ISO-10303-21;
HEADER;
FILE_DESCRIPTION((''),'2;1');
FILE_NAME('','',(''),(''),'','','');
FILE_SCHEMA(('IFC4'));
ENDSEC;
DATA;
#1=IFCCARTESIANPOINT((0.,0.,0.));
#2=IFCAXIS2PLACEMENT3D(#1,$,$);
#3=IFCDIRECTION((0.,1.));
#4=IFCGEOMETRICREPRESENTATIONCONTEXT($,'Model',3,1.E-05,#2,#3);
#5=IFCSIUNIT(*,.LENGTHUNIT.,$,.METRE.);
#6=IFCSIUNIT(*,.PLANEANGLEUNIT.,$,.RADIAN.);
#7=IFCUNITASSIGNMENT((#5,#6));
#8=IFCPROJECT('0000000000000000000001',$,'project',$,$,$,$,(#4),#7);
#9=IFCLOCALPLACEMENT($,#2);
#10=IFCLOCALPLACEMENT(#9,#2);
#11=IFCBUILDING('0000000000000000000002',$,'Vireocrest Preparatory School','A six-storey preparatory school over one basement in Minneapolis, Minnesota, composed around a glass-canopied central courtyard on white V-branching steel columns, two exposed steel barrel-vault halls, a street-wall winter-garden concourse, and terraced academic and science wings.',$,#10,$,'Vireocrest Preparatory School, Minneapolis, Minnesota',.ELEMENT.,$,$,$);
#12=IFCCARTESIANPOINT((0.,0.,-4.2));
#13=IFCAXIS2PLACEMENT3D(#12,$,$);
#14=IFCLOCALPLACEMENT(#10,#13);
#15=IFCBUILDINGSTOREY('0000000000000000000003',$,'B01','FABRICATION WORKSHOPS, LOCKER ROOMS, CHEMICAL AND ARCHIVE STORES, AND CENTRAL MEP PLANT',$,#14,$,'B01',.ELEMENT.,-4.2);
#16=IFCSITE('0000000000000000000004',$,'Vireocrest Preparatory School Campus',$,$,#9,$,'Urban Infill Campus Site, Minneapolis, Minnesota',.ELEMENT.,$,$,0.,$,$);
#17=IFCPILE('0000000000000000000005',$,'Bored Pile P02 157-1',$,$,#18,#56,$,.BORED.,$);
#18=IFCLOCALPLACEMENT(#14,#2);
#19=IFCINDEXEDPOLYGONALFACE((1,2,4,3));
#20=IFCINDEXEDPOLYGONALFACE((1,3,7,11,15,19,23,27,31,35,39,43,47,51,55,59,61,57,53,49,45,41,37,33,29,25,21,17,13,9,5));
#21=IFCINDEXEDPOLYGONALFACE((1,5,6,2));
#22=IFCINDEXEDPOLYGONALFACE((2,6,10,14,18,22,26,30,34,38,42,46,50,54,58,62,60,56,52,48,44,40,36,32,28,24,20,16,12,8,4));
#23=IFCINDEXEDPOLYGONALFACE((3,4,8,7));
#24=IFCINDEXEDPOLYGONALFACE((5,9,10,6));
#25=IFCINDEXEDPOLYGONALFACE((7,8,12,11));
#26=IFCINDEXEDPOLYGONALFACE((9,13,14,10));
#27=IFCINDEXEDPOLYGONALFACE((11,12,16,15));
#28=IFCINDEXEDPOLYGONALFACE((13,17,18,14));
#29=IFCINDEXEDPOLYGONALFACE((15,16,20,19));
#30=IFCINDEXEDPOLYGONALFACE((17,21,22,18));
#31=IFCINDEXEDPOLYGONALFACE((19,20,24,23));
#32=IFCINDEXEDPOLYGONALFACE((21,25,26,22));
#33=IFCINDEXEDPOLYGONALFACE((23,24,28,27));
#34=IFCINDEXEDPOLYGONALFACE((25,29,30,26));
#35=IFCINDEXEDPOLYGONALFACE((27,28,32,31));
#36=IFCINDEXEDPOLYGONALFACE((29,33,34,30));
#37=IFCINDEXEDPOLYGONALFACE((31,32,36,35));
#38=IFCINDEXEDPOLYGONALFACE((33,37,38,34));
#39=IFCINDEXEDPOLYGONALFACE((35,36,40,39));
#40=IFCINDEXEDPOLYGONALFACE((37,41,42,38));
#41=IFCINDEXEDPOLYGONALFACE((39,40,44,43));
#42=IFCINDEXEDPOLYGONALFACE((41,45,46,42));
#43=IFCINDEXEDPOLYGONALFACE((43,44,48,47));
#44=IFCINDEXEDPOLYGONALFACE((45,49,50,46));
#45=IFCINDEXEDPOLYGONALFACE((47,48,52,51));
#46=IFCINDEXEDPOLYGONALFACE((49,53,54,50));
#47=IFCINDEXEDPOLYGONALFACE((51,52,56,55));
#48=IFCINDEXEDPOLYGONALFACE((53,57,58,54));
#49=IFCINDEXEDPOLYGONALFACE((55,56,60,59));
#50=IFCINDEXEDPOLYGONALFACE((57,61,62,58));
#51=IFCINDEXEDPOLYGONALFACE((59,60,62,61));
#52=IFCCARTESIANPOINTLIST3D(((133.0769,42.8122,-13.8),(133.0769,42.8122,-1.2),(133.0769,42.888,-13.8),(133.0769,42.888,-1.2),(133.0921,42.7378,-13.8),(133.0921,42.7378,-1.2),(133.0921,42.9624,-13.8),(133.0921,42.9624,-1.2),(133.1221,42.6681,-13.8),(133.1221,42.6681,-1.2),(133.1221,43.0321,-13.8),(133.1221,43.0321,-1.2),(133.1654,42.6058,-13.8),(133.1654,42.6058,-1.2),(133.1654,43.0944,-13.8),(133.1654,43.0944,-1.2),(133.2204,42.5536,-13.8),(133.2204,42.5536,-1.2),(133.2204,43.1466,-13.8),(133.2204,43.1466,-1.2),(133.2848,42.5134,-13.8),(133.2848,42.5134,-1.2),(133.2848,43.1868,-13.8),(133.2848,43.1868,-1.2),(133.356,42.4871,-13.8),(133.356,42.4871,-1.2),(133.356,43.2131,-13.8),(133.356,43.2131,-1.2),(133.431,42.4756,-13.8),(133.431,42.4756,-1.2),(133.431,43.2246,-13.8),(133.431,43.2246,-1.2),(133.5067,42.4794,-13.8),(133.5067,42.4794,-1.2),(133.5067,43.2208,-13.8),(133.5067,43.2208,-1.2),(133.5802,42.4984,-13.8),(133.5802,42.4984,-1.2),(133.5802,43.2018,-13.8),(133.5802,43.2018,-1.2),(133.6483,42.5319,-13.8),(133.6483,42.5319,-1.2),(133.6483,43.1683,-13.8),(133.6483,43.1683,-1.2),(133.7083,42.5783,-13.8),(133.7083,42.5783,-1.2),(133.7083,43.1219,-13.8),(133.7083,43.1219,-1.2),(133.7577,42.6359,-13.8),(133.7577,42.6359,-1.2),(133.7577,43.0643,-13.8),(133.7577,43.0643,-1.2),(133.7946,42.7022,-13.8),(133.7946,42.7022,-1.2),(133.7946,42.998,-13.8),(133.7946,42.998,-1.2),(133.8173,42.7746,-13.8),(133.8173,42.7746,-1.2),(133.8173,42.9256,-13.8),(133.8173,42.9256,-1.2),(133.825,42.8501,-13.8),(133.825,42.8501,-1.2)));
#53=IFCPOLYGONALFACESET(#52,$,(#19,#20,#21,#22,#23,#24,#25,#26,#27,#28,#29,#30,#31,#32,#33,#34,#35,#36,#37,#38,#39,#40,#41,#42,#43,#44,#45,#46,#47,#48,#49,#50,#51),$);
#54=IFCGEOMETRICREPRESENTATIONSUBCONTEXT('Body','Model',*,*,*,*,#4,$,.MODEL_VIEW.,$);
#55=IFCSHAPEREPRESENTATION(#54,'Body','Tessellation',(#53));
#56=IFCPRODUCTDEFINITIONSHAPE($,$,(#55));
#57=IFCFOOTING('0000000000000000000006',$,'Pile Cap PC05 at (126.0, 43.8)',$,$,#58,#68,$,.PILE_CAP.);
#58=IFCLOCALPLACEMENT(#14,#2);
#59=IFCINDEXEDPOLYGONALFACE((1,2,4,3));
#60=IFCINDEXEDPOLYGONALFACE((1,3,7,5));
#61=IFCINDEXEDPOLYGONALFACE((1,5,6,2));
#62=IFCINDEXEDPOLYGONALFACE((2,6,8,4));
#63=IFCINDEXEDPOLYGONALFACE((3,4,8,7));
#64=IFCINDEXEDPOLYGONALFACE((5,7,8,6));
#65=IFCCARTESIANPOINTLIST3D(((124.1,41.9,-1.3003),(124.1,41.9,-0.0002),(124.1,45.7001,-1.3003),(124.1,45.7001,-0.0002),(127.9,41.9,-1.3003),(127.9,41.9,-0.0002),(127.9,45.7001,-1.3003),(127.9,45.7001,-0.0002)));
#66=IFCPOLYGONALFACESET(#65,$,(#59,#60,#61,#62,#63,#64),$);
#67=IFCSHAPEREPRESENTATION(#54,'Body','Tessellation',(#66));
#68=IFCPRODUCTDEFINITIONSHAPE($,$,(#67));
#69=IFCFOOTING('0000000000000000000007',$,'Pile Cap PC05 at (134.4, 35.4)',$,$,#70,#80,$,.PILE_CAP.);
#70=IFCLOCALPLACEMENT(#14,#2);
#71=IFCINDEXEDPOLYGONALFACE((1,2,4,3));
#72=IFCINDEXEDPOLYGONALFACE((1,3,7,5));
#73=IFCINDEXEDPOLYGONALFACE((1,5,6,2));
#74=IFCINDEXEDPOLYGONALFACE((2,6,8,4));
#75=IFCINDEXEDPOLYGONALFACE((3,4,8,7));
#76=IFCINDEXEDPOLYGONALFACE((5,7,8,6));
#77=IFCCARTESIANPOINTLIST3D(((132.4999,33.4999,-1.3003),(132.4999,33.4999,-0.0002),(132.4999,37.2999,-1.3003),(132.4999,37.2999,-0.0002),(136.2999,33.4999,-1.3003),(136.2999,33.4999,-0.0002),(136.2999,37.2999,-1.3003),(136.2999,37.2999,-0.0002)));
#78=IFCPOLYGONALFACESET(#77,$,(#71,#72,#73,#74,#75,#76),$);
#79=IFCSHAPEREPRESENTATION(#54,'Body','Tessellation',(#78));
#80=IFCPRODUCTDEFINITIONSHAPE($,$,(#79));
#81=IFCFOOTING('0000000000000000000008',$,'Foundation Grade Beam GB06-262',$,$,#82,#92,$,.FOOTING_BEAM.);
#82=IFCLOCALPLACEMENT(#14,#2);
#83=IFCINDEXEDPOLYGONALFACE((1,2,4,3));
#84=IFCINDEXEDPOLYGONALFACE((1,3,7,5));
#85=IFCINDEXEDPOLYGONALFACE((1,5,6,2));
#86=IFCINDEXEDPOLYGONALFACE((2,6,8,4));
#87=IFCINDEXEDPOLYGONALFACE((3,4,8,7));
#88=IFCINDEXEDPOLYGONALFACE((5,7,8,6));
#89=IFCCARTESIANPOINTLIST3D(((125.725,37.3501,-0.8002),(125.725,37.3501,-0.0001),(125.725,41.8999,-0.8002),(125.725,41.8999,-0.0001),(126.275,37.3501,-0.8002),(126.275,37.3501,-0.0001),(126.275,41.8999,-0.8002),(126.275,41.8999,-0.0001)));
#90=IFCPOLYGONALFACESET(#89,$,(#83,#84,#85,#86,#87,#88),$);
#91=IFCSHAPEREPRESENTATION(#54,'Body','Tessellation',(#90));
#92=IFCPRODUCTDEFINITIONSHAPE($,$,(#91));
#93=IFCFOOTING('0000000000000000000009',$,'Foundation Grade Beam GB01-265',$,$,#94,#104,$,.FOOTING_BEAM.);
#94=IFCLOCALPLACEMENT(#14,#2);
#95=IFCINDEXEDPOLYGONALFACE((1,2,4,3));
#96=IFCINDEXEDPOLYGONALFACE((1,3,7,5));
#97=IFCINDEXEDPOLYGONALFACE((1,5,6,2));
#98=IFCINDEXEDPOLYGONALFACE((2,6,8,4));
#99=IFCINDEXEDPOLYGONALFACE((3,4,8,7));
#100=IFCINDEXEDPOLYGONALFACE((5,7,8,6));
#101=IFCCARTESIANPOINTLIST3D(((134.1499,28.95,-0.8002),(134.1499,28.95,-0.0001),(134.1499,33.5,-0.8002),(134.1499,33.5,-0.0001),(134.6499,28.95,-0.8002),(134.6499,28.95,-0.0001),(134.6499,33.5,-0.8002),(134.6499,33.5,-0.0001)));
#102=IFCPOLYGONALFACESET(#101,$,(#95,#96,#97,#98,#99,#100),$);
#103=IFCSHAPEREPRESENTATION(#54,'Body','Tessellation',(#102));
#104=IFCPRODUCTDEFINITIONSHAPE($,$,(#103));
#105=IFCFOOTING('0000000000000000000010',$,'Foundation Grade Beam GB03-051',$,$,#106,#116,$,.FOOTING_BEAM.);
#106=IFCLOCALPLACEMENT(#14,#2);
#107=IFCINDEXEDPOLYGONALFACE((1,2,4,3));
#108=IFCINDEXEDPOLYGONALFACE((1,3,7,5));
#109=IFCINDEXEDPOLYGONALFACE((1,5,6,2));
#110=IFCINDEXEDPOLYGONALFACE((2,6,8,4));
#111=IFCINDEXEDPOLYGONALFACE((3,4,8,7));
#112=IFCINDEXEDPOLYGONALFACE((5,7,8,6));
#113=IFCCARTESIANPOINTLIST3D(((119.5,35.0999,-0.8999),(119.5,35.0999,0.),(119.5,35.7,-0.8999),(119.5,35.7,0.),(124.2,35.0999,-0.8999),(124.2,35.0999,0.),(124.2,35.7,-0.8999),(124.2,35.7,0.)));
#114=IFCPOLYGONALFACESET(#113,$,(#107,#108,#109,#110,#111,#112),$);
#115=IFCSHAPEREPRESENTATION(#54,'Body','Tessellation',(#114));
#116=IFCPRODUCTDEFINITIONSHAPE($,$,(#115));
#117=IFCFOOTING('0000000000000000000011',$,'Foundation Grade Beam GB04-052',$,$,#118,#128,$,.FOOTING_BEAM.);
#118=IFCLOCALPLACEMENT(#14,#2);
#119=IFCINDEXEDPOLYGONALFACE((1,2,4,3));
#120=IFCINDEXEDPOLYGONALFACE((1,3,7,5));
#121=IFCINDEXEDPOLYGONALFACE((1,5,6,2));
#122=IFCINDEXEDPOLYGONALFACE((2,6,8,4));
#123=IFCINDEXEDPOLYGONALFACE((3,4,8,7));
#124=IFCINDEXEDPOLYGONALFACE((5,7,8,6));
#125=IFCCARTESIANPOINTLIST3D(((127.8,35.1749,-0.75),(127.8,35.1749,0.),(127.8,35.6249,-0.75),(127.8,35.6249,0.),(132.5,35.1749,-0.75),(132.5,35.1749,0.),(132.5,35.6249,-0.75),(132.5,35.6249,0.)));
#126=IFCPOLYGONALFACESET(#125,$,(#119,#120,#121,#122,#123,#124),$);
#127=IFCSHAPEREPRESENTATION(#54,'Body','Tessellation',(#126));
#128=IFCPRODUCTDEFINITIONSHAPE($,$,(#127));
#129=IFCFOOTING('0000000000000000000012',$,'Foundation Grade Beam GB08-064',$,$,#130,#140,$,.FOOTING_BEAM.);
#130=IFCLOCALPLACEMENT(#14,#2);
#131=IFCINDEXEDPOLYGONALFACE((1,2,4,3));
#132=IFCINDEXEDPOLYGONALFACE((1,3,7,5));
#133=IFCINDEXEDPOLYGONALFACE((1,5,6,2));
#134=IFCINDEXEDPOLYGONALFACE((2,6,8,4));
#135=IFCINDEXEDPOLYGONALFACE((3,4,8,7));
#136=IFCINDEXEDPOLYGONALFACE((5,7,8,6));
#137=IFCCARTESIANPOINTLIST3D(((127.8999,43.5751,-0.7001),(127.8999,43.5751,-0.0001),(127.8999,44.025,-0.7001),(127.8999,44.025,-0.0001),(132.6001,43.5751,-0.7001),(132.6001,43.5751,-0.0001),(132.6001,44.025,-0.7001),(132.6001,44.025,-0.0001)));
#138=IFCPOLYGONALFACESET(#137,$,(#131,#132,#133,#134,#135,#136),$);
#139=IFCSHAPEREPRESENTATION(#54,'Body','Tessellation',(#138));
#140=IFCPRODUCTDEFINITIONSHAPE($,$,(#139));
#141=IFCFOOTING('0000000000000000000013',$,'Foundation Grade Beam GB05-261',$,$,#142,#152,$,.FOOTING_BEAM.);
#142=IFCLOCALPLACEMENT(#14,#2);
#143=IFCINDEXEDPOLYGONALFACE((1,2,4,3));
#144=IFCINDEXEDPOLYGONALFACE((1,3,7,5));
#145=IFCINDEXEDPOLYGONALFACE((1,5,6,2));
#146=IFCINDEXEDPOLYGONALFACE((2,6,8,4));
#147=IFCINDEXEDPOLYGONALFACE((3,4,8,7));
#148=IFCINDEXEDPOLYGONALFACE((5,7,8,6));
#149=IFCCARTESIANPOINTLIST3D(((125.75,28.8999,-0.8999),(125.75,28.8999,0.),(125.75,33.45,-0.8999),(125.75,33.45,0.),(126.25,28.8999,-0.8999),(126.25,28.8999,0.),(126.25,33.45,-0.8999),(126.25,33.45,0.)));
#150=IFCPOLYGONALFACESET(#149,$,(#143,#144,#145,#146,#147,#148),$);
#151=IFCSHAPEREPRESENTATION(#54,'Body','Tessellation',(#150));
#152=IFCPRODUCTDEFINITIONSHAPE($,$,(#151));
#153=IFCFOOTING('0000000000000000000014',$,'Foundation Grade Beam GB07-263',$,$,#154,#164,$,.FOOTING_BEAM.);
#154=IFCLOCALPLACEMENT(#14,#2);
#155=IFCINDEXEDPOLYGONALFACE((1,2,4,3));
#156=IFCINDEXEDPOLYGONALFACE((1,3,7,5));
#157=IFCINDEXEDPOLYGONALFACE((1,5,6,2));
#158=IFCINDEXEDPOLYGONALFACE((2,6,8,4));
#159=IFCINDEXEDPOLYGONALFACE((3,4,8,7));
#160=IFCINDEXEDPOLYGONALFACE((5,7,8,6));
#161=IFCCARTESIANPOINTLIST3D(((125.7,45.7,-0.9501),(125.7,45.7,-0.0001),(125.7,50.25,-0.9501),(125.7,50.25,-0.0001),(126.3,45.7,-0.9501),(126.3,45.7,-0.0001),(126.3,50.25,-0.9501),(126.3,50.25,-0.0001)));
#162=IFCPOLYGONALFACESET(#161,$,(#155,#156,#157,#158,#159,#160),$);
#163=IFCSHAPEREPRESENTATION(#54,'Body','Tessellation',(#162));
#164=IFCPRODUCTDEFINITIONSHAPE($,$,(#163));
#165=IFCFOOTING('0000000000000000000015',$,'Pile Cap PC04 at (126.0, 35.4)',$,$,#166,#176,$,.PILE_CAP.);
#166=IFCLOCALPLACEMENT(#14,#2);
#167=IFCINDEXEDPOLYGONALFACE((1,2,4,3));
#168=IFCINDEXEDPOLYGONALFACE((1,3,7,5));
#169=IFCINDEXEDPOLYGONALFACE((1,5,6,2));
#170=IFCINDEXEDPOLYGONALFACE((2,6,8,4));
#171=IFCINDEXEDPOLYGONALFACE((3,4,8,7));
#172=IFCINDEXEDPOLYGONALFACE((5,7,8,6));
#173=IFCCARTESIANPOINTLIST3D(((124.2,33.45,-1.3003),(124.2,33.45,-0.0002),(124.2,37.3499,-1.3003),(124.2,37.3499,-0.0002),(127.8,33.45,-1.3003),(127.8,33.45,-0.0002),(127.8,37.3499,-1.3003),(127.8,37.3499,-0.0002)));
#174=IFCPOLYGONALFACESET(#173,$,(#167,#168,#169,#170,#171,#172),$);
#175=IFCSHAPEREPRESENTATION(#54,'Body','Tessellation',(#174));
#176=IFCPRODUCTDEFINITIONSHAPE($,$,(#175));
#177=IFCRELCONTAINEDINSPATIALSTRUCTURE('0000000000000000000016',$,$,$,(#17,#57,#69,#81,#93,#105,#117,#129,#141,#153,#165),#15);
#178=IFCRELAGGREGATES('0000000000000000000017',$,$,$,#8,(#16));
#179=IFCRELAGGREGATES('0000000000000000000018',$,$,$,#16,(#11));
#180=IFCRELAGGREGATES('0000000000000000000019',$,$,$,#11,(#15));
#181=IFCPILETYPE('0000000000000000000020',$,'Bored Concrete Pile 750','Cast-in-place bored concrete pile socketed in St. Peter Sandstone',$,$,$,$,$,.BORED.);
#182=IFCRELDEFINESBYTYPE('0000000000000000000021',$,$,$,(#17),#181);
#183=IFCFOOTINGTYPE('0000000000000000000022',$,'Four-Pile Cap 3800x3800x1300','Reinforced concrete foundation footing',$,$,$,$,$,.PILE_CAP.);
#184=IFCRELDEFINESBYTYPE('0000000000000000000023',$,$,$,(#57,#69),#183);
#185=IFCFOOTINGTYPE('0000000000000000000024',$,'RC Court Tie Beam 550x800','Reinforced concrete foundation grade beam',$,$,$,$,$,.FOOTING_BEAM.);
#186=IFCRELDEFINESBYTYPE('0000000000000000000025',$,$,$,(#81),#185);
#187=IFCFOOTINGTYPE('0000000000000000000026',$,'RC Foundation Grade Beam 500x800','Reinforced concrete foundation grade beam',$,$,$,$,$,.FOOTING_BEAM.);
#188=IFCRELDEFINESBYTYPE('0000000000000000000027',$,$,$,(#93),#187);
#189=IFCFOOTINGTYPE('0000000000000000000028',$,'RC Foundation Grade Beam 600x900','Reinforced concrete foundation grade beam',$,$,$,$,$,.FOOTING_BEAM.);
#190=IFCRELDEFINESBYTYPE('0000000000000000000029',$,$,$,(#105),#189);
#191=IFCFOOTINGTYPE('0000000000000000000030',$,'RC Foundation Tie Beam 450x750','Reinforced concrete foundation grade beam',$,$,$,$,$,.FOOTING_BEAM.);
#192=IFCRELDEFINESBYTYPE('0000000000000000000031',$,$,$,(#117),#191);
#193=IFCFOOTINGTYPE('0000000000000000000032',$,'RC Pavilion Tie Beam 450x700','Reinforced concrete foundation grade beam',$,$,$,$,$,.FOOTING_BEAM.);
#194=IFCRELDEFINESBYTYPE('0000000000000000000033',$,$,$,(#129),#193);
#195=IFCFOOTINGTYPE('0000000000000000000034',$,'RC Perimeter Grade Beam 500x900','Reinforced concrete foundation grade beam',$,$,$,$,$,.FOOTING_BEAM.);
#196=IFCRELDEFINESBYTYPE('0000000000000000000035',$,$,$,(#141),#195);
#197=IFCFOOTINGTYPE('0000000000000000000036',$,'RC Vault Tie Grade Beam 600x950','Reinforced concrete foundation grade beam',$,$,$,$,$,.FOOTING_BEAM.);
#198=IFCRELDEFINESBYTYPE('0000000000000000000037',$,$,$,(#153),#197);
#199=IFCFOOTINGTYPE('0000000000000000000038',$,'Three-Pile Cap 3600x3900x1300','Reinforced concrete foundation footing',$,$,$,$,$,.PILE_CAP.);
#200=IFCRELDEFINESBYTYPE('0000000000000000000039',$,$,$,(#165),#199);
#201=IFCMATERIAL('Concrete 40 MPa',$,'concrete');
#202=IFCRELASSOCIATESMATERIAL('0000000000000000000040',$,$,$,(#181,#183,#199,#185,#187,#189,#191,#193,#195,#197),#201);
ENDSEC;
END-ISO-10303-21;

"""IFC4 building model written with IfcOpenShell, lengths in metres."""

from ifc_helpers import new_model, si_unit, direction, frame, origin, origin_2d, place, context, subcontext, project, spatial, rectangle, circle, extrude, material, material_profile, profile_set, type_object, element, save


model = new_model("IFC4")

# Units and contexts
model_context = context("Model", 3, precision=1e-05, world=origin(), true_north=direction((0.0, 1.0)))
body_context = subcontext(model_context, "Body", "Model", "MODEL_VIEW")
ifc_project = project(units=[si_unit("LENGTHUNIT", "METRE"), si_unit("PLANEANGLEUNIT", "RADIAN")], contexts=[model_context])

# Site, building, storey
site_placement = place(None, origin())
site = spatial("IfcSite", under=ifc_project, at=site_placement, Name="Vireocrest Preparatory School Campus", LongName="Urban Infill Campus Site, Minneapolis, Minnesota", CompositionType="ELEMENT", RefElevation=0.0)
building_placement = place(site_placement, origin())
building = spatial("IfcBuilding", under=site, at=building_placement, Name="Vireocrest Preparatory School", Description="A six-storey preparatory school over one basement in Minneapolis, Minnesota, composed around a glass-canopied central courtyard on white V-branching steel columns, two exposed steel barrel-vault halls, a street-wall winter-garden concourse, and terraced academic and science wings.", LongName="Vireocrest Preparatory School, Minneapolis, Minnesota", CompositionType="ELEMENT")
storey_placement = place(building_placement, frame((0.0, 0.0, -4.2)))
storey = spatial("IfcBuildingStorey", under=building, at=storey_placement, Name="B01", Description="FABRICATION WORKSHOPS, LOCKER ROOMS, CHEMICAL AND ARCHIVE STORES, AND CENTRAL MEP PLANT", LongName="B01", CompositionType="ELEMENT", Elevation=-4.2)

# Pile
ifc_material_1 = material(Name="Concrete 40 MPa", Category="concrete")
ifc_material_profile_1 = material_profile(ifc_material_1, circle(Radius=0.375, at=origin_2d()), Name="BORED PILE 750")
ifc_profile_set_1 = profile_set([ifc_material_profile_1], Name="Concrete 40 MPa")
pile_type_1 = type_object("IfcPileType", Name="Bored Concrete Pile 750", Description="Cast-in-place bored concrete pile socketed in St. Peter Sandstone", PredefinedType="BORED", material=ifc_profile_set_1)
for number, where, z_axis, x_axis, name in (
    (1, (133.45, 42.8501, -1.2), (0.0, 0.0, -1.0), (1.0, 0.0, 0.0), "Bored Pile P02 157-1"),
):
    element("IfcPile", number, at=place(storey_placement, frame(where, z_axis=z_axis, x_axis=x_axis)), inside=storey, type_object=pile_type_1, Name=name, PredefinedType="BORED", context=body_context, shape_type="SweptSolid", body=[
        extrude(circle(Radius=0.375, at=origin_2d()), origin(), (0.0, 0.0, 1.0), 12.6001),
    ])

# Footings
footing_type_1 = type_object("IfcFootingType", Name="Four-Pile Cap 3800x3800x1300", Description="Reinforced concrete foundation footing", PredefinedType="PILE_CAP", material=ifc_material_1)
for number, where, z_axis, x_axis, name in (
    (2, (126.0, 43.8, -1.3003), (0.0, 0.0, 1.0), (1.0, 0.0, 0.0), "Pile Cap PC05 at (126.0, 43.8)"),
    (3, (134.3999, 35.3999, -1.3003), (0.0, 0.0, 1.0), (1.0, 0.0, 0.0), "Pile Cap PC05 at (134.4, 35.4)"),
):
    element("IfcFooting", number, at=place(storey_placement, frame(where, z_axis=z_axis, x_axis=x_axis)), inside=storey, type_object=footing_type_1, Name=name, PredefinedType="PILE_CAP", context=body_context, shape_type="SweptSolid", body=[
        extrude(rectangle(XDim=3.8, YDim=3.8, at=origin_2d()), origin(), (0.0, 0.0, 1.0), 1.3),
    ])
ifc_material_profile_2 = material_profile(ifc_material_1, rectangle(XDim=0.55, YDim=0.8, at=origin_2d()), Name="GB 550x800")
ifc_profile_set_2 = profile_set([ifc_material_profile_2], Name="Concrete 40 MPa")
footing_type_2 = type_object("IfcFootingType", Name="RC Court Tie Beam 550x800", Description="Reinforced concrete foundation grade beam", PredefinedType="FOOTING_BEAM", material=ifc_profile_set_2)
footing_1_placement = place(storey_placement, frame((126.0, 37.3501, -0.4001), z_axis=(0.0, 1.0, 0.0), x_axis=(-1.0, 0.0, 0.0)))
element("IfcFooting", 4, at=footing_1_placement, inside=storey, type_object=footing_type_2, Name="Foundation Grade Beam GB06-262", PredefinedType="FOOTING_BEAM", context=body_context, shape_type="SweptSolid", body=[
    extrude(rectangle(XDim=0.55, YDim=0.8, at=origin_2d()), origin(), (0.0, 0.0, 1.0), 4.5498),
])
ifc_material_profile_3 = material_profile(ifc_material_1, rectangle(XDim=0.5, YDim=0.8, at=origin_2d()), Name="GB 500x800")
ifc_profile_set_3 = profile_set([ifc_material_profile_3], Name="Concrete 40 MPa")
footing_type_3 = type_object("IfcFootingType", Name="RC Foundation Grade Beam 500x800", Description="Reinforced concrete foundation grade beam", PredefinedType="FOOTING_BEAM", material=ifc_profile_set_3)
footing_2_placement = place(storey_placement, frame((134.3999, 28.95, -0.4001), z_axis=(0.0, 1.0, 0.0), x_axis=(-1.0, 0.0, 0.0)))
element("IfcFooting", 5, at=footing_2_placement, inside=storey, type_object=footing_type_3, Name="Foundation Grade Beam GB01-265", PredefinedType="FOOTING_BEAM", context=body_context, shape_type="SweptSolid", body=[
    extrude(rectangle(XDim=0.5, YDim=0.8, at=origin_2d()), origin(), (0.0, 0.0, 1.0), 4.55),
])
ifc_material_profile_4 = material_profile(ifc_material_1, rectangle(XDim=0.6001, YDim=0.8999, at=origin_2d()), Name="GB 600x900")
ifc_profile_set_4 = profile_set([ifc_material_profile_4], Name="Concrete 40 MPa")
footing_type_4 = type_object("IfcFootingType", Name="RC Foundation Grade Beam 600x900", Description="Reinforced concrete foundation grade beam", PredefinedType="FOOTING_BEAM", material=ifc_profile_set_4)
footing_3_placement = place(storey_placement, frame((119.5, 35.3999, -0.45), z_axis=(1.0, 0.0, 0.0), x_axis=(0.0, 1.0, 0.0)))
element("IfcFooting", 6, at=footing_3_placement, inside=storey, type_object=footing_type_4, Name="Foundation Grade Beam GB03-051", PredefinedType="FOOTING_BEAM", context=body_context, shape_type="SweptSolid", body=[
    extrude(rectangle(XDim=0.6001, YDim=0.8999, at=origin_2d()), origin(), (0.0, 0.0, 1.0), 4.7),
])
ifc_material_profile_5 = material_profile(ifc_material_1, rectangle(XDim=0.45, YDim=0.75, at=origin_2d()), Name="GB 450x750")
ifc_profile_set_5 = profile_set([ifc_material_profile_5], Name="Concrete 40 MPa")
footing_type_5 = type_object("IfcFootingType", Name="RC Foundation Tie Beam 450x750", Description="Reinforced concrete foundation grade beam", PredefinedType="FOOTING_BEAM", material=ifc_profile_set_5)
footing_4_placement = place(storey_placement, frame((127.8, 35.3999, -0.375), z_axis=(1.0, 0.0, 0.0), x_axis=(0.0, 1.0, 0.0)))
element("IfcFooting", 7, at=footing_4_placement, inside=storey, type_object=footing_type_5, Name="Foundation Grade Beam GB04-052", PredefinedType="FOOTING_BEAM", context=body_context, shape_type="SweptSolid", body=[
    extrude(rectangle(XDim=0.45, YDim=0.75, at=origin_2d()), origin(), (0.0, 0.0, 1.0), 4.7),
])
ifc_material_profile_6 = material_profile(ifc_material_1, rectangle(XDim=0.45, YDim=0.7, at=origin_2d()), Name="GB 450x700")
ifc_profile_set_6 = profile_set([ifc_material_profile_6], Name="Concrete 40 MPa")
footing_type_6 = type_object("IfcFootingType", Name="RC Pavilion Tie Beam 450x700", Description="Reinforced concrete foundation grade beam", PredefinedType="FOOTING_BEAM", material=ifc_profile_set_6)
footing_5_placement = place(storey_placement, frame((127.8999, 43.8, -0.3501), z_axis=(1.0, 0.0, 0.0), x_axis=(0.0, 1.0, 0.0)))
element("IfcFooting", 8, at=footing_5_placement, inside=storey, type_object=footing_type_6, Name="Foundation Grade Beam GB08-064", PredefinedType="FOOTING_BEAM", context=body_context, shape_type="SweptSolid", body=[
    extrude(rectangle(XDim=0.45, YDim=0.7, at=origin_2d()), origin(), (0.0, 0.0, 1.0), 4.7002),
])
ifc_material_profile_7 = material_profile(ifc_material_1, rectangle(XDim=0.5, YDim=0.8999, at=origin_2d()), Name="GB 500x900")
ifc_profile_set_7 = profile_set([ifc_material_profile_7], Name="Concrete 40 MPa")
footing_type_7 = type_object("IfcFootingType", Name="RC Perimeter Grade Beam 500x900", Description="Reinforced concrete foundation grade beam", PredefinedType="FOOTING_BEAM", material=ifc_profile_set_7)
footing_6_placement = place(storey_placement, frame((126.0, 28.8999, -0.45), z_axis=(0.0, 1.0, 0.0), x_axis=(-1.0, 0.0, 0.0)))
element("IfcFooting", 9, at=footing_6_placement, inside=storey, type_object=footing_type_7, Name="Foundation Grade Beam GB05-261", PredefinedType="FOOTING_BEAM", context=body_context, shape_type="SweptSolid", body=[
    extrude(rectangle(XDim=0.5, YDim=0.8999, at=origin_2d()), origin(), (0.0, 0.0, 1.0), 4.55),
])
ifc_material_profile_8 = material_profile(ifc_material_1, rectangle(XDim=0.6001, YDim=0.95, at=origin_2d()), Name="GB 600x950")
ifc_profile_set_8 = profile_set([ifc_material_profile_8], Name="Concrete 40 MPa")
footing_type_8 = type_object("IfcFootingType", Name="RC Vault Tie Grade Beam 600x950", Description="Reinforced concrete foundation grade beam", PredefinedType="FOOTING_BEAM", material=ifc_profile_set_8)
footing_7_placement = place(storey_placement, frame((126.0, 45.7, -0.4751), z_axis=(0.0, 1.0, 0.0), x_axis=(-1.0, 0.0, 0.0)))
element("IfcFooting", 10, at=footing_7_placement, inside=storey, type_object=footing_type_8, Name="Foundation Grade Beam GB07-263", PredefinedType="FOOTING_BEAM", context=body_context, shape_type="SweptSolid", body=[
    extrude(rectangle(XDim=0.6001, YDim=0.95, at=origin_2d()), origin(), (0.0, 0.0, 1.0), 4.55),
])
footing_type_9 = type_object("IfcFootingType", Name="Three-Pile Cap 3600x3900x1300", Description="Reinforced concrete foundation footing", PredefinedType="PILE_CAP", material=ifc_material_1)
footing_8_placement = place(storey_placement, frame((126.0, 35.3999, -1.3003), z_axis=(0.0, 0.0, 1.0), x_axis=(1.0, 0.0, 0.0)))
element("IfcFooting", 11, at=footing_8_placement, inside=storey, type_object=footing_type_9, Name="Pile Cap PC04 at (126.0, 35.4)", PredefinedType="PILE_CAP", context=body_context, shape_type="SweptSolid", body=[
    extrude(rectangle(XDim=3.6001, YDim=3.8999, at=origin_2d()), origin(), (0.0, 0.0, 1.0), 1.3),
])

save(model, "model.ifc")
